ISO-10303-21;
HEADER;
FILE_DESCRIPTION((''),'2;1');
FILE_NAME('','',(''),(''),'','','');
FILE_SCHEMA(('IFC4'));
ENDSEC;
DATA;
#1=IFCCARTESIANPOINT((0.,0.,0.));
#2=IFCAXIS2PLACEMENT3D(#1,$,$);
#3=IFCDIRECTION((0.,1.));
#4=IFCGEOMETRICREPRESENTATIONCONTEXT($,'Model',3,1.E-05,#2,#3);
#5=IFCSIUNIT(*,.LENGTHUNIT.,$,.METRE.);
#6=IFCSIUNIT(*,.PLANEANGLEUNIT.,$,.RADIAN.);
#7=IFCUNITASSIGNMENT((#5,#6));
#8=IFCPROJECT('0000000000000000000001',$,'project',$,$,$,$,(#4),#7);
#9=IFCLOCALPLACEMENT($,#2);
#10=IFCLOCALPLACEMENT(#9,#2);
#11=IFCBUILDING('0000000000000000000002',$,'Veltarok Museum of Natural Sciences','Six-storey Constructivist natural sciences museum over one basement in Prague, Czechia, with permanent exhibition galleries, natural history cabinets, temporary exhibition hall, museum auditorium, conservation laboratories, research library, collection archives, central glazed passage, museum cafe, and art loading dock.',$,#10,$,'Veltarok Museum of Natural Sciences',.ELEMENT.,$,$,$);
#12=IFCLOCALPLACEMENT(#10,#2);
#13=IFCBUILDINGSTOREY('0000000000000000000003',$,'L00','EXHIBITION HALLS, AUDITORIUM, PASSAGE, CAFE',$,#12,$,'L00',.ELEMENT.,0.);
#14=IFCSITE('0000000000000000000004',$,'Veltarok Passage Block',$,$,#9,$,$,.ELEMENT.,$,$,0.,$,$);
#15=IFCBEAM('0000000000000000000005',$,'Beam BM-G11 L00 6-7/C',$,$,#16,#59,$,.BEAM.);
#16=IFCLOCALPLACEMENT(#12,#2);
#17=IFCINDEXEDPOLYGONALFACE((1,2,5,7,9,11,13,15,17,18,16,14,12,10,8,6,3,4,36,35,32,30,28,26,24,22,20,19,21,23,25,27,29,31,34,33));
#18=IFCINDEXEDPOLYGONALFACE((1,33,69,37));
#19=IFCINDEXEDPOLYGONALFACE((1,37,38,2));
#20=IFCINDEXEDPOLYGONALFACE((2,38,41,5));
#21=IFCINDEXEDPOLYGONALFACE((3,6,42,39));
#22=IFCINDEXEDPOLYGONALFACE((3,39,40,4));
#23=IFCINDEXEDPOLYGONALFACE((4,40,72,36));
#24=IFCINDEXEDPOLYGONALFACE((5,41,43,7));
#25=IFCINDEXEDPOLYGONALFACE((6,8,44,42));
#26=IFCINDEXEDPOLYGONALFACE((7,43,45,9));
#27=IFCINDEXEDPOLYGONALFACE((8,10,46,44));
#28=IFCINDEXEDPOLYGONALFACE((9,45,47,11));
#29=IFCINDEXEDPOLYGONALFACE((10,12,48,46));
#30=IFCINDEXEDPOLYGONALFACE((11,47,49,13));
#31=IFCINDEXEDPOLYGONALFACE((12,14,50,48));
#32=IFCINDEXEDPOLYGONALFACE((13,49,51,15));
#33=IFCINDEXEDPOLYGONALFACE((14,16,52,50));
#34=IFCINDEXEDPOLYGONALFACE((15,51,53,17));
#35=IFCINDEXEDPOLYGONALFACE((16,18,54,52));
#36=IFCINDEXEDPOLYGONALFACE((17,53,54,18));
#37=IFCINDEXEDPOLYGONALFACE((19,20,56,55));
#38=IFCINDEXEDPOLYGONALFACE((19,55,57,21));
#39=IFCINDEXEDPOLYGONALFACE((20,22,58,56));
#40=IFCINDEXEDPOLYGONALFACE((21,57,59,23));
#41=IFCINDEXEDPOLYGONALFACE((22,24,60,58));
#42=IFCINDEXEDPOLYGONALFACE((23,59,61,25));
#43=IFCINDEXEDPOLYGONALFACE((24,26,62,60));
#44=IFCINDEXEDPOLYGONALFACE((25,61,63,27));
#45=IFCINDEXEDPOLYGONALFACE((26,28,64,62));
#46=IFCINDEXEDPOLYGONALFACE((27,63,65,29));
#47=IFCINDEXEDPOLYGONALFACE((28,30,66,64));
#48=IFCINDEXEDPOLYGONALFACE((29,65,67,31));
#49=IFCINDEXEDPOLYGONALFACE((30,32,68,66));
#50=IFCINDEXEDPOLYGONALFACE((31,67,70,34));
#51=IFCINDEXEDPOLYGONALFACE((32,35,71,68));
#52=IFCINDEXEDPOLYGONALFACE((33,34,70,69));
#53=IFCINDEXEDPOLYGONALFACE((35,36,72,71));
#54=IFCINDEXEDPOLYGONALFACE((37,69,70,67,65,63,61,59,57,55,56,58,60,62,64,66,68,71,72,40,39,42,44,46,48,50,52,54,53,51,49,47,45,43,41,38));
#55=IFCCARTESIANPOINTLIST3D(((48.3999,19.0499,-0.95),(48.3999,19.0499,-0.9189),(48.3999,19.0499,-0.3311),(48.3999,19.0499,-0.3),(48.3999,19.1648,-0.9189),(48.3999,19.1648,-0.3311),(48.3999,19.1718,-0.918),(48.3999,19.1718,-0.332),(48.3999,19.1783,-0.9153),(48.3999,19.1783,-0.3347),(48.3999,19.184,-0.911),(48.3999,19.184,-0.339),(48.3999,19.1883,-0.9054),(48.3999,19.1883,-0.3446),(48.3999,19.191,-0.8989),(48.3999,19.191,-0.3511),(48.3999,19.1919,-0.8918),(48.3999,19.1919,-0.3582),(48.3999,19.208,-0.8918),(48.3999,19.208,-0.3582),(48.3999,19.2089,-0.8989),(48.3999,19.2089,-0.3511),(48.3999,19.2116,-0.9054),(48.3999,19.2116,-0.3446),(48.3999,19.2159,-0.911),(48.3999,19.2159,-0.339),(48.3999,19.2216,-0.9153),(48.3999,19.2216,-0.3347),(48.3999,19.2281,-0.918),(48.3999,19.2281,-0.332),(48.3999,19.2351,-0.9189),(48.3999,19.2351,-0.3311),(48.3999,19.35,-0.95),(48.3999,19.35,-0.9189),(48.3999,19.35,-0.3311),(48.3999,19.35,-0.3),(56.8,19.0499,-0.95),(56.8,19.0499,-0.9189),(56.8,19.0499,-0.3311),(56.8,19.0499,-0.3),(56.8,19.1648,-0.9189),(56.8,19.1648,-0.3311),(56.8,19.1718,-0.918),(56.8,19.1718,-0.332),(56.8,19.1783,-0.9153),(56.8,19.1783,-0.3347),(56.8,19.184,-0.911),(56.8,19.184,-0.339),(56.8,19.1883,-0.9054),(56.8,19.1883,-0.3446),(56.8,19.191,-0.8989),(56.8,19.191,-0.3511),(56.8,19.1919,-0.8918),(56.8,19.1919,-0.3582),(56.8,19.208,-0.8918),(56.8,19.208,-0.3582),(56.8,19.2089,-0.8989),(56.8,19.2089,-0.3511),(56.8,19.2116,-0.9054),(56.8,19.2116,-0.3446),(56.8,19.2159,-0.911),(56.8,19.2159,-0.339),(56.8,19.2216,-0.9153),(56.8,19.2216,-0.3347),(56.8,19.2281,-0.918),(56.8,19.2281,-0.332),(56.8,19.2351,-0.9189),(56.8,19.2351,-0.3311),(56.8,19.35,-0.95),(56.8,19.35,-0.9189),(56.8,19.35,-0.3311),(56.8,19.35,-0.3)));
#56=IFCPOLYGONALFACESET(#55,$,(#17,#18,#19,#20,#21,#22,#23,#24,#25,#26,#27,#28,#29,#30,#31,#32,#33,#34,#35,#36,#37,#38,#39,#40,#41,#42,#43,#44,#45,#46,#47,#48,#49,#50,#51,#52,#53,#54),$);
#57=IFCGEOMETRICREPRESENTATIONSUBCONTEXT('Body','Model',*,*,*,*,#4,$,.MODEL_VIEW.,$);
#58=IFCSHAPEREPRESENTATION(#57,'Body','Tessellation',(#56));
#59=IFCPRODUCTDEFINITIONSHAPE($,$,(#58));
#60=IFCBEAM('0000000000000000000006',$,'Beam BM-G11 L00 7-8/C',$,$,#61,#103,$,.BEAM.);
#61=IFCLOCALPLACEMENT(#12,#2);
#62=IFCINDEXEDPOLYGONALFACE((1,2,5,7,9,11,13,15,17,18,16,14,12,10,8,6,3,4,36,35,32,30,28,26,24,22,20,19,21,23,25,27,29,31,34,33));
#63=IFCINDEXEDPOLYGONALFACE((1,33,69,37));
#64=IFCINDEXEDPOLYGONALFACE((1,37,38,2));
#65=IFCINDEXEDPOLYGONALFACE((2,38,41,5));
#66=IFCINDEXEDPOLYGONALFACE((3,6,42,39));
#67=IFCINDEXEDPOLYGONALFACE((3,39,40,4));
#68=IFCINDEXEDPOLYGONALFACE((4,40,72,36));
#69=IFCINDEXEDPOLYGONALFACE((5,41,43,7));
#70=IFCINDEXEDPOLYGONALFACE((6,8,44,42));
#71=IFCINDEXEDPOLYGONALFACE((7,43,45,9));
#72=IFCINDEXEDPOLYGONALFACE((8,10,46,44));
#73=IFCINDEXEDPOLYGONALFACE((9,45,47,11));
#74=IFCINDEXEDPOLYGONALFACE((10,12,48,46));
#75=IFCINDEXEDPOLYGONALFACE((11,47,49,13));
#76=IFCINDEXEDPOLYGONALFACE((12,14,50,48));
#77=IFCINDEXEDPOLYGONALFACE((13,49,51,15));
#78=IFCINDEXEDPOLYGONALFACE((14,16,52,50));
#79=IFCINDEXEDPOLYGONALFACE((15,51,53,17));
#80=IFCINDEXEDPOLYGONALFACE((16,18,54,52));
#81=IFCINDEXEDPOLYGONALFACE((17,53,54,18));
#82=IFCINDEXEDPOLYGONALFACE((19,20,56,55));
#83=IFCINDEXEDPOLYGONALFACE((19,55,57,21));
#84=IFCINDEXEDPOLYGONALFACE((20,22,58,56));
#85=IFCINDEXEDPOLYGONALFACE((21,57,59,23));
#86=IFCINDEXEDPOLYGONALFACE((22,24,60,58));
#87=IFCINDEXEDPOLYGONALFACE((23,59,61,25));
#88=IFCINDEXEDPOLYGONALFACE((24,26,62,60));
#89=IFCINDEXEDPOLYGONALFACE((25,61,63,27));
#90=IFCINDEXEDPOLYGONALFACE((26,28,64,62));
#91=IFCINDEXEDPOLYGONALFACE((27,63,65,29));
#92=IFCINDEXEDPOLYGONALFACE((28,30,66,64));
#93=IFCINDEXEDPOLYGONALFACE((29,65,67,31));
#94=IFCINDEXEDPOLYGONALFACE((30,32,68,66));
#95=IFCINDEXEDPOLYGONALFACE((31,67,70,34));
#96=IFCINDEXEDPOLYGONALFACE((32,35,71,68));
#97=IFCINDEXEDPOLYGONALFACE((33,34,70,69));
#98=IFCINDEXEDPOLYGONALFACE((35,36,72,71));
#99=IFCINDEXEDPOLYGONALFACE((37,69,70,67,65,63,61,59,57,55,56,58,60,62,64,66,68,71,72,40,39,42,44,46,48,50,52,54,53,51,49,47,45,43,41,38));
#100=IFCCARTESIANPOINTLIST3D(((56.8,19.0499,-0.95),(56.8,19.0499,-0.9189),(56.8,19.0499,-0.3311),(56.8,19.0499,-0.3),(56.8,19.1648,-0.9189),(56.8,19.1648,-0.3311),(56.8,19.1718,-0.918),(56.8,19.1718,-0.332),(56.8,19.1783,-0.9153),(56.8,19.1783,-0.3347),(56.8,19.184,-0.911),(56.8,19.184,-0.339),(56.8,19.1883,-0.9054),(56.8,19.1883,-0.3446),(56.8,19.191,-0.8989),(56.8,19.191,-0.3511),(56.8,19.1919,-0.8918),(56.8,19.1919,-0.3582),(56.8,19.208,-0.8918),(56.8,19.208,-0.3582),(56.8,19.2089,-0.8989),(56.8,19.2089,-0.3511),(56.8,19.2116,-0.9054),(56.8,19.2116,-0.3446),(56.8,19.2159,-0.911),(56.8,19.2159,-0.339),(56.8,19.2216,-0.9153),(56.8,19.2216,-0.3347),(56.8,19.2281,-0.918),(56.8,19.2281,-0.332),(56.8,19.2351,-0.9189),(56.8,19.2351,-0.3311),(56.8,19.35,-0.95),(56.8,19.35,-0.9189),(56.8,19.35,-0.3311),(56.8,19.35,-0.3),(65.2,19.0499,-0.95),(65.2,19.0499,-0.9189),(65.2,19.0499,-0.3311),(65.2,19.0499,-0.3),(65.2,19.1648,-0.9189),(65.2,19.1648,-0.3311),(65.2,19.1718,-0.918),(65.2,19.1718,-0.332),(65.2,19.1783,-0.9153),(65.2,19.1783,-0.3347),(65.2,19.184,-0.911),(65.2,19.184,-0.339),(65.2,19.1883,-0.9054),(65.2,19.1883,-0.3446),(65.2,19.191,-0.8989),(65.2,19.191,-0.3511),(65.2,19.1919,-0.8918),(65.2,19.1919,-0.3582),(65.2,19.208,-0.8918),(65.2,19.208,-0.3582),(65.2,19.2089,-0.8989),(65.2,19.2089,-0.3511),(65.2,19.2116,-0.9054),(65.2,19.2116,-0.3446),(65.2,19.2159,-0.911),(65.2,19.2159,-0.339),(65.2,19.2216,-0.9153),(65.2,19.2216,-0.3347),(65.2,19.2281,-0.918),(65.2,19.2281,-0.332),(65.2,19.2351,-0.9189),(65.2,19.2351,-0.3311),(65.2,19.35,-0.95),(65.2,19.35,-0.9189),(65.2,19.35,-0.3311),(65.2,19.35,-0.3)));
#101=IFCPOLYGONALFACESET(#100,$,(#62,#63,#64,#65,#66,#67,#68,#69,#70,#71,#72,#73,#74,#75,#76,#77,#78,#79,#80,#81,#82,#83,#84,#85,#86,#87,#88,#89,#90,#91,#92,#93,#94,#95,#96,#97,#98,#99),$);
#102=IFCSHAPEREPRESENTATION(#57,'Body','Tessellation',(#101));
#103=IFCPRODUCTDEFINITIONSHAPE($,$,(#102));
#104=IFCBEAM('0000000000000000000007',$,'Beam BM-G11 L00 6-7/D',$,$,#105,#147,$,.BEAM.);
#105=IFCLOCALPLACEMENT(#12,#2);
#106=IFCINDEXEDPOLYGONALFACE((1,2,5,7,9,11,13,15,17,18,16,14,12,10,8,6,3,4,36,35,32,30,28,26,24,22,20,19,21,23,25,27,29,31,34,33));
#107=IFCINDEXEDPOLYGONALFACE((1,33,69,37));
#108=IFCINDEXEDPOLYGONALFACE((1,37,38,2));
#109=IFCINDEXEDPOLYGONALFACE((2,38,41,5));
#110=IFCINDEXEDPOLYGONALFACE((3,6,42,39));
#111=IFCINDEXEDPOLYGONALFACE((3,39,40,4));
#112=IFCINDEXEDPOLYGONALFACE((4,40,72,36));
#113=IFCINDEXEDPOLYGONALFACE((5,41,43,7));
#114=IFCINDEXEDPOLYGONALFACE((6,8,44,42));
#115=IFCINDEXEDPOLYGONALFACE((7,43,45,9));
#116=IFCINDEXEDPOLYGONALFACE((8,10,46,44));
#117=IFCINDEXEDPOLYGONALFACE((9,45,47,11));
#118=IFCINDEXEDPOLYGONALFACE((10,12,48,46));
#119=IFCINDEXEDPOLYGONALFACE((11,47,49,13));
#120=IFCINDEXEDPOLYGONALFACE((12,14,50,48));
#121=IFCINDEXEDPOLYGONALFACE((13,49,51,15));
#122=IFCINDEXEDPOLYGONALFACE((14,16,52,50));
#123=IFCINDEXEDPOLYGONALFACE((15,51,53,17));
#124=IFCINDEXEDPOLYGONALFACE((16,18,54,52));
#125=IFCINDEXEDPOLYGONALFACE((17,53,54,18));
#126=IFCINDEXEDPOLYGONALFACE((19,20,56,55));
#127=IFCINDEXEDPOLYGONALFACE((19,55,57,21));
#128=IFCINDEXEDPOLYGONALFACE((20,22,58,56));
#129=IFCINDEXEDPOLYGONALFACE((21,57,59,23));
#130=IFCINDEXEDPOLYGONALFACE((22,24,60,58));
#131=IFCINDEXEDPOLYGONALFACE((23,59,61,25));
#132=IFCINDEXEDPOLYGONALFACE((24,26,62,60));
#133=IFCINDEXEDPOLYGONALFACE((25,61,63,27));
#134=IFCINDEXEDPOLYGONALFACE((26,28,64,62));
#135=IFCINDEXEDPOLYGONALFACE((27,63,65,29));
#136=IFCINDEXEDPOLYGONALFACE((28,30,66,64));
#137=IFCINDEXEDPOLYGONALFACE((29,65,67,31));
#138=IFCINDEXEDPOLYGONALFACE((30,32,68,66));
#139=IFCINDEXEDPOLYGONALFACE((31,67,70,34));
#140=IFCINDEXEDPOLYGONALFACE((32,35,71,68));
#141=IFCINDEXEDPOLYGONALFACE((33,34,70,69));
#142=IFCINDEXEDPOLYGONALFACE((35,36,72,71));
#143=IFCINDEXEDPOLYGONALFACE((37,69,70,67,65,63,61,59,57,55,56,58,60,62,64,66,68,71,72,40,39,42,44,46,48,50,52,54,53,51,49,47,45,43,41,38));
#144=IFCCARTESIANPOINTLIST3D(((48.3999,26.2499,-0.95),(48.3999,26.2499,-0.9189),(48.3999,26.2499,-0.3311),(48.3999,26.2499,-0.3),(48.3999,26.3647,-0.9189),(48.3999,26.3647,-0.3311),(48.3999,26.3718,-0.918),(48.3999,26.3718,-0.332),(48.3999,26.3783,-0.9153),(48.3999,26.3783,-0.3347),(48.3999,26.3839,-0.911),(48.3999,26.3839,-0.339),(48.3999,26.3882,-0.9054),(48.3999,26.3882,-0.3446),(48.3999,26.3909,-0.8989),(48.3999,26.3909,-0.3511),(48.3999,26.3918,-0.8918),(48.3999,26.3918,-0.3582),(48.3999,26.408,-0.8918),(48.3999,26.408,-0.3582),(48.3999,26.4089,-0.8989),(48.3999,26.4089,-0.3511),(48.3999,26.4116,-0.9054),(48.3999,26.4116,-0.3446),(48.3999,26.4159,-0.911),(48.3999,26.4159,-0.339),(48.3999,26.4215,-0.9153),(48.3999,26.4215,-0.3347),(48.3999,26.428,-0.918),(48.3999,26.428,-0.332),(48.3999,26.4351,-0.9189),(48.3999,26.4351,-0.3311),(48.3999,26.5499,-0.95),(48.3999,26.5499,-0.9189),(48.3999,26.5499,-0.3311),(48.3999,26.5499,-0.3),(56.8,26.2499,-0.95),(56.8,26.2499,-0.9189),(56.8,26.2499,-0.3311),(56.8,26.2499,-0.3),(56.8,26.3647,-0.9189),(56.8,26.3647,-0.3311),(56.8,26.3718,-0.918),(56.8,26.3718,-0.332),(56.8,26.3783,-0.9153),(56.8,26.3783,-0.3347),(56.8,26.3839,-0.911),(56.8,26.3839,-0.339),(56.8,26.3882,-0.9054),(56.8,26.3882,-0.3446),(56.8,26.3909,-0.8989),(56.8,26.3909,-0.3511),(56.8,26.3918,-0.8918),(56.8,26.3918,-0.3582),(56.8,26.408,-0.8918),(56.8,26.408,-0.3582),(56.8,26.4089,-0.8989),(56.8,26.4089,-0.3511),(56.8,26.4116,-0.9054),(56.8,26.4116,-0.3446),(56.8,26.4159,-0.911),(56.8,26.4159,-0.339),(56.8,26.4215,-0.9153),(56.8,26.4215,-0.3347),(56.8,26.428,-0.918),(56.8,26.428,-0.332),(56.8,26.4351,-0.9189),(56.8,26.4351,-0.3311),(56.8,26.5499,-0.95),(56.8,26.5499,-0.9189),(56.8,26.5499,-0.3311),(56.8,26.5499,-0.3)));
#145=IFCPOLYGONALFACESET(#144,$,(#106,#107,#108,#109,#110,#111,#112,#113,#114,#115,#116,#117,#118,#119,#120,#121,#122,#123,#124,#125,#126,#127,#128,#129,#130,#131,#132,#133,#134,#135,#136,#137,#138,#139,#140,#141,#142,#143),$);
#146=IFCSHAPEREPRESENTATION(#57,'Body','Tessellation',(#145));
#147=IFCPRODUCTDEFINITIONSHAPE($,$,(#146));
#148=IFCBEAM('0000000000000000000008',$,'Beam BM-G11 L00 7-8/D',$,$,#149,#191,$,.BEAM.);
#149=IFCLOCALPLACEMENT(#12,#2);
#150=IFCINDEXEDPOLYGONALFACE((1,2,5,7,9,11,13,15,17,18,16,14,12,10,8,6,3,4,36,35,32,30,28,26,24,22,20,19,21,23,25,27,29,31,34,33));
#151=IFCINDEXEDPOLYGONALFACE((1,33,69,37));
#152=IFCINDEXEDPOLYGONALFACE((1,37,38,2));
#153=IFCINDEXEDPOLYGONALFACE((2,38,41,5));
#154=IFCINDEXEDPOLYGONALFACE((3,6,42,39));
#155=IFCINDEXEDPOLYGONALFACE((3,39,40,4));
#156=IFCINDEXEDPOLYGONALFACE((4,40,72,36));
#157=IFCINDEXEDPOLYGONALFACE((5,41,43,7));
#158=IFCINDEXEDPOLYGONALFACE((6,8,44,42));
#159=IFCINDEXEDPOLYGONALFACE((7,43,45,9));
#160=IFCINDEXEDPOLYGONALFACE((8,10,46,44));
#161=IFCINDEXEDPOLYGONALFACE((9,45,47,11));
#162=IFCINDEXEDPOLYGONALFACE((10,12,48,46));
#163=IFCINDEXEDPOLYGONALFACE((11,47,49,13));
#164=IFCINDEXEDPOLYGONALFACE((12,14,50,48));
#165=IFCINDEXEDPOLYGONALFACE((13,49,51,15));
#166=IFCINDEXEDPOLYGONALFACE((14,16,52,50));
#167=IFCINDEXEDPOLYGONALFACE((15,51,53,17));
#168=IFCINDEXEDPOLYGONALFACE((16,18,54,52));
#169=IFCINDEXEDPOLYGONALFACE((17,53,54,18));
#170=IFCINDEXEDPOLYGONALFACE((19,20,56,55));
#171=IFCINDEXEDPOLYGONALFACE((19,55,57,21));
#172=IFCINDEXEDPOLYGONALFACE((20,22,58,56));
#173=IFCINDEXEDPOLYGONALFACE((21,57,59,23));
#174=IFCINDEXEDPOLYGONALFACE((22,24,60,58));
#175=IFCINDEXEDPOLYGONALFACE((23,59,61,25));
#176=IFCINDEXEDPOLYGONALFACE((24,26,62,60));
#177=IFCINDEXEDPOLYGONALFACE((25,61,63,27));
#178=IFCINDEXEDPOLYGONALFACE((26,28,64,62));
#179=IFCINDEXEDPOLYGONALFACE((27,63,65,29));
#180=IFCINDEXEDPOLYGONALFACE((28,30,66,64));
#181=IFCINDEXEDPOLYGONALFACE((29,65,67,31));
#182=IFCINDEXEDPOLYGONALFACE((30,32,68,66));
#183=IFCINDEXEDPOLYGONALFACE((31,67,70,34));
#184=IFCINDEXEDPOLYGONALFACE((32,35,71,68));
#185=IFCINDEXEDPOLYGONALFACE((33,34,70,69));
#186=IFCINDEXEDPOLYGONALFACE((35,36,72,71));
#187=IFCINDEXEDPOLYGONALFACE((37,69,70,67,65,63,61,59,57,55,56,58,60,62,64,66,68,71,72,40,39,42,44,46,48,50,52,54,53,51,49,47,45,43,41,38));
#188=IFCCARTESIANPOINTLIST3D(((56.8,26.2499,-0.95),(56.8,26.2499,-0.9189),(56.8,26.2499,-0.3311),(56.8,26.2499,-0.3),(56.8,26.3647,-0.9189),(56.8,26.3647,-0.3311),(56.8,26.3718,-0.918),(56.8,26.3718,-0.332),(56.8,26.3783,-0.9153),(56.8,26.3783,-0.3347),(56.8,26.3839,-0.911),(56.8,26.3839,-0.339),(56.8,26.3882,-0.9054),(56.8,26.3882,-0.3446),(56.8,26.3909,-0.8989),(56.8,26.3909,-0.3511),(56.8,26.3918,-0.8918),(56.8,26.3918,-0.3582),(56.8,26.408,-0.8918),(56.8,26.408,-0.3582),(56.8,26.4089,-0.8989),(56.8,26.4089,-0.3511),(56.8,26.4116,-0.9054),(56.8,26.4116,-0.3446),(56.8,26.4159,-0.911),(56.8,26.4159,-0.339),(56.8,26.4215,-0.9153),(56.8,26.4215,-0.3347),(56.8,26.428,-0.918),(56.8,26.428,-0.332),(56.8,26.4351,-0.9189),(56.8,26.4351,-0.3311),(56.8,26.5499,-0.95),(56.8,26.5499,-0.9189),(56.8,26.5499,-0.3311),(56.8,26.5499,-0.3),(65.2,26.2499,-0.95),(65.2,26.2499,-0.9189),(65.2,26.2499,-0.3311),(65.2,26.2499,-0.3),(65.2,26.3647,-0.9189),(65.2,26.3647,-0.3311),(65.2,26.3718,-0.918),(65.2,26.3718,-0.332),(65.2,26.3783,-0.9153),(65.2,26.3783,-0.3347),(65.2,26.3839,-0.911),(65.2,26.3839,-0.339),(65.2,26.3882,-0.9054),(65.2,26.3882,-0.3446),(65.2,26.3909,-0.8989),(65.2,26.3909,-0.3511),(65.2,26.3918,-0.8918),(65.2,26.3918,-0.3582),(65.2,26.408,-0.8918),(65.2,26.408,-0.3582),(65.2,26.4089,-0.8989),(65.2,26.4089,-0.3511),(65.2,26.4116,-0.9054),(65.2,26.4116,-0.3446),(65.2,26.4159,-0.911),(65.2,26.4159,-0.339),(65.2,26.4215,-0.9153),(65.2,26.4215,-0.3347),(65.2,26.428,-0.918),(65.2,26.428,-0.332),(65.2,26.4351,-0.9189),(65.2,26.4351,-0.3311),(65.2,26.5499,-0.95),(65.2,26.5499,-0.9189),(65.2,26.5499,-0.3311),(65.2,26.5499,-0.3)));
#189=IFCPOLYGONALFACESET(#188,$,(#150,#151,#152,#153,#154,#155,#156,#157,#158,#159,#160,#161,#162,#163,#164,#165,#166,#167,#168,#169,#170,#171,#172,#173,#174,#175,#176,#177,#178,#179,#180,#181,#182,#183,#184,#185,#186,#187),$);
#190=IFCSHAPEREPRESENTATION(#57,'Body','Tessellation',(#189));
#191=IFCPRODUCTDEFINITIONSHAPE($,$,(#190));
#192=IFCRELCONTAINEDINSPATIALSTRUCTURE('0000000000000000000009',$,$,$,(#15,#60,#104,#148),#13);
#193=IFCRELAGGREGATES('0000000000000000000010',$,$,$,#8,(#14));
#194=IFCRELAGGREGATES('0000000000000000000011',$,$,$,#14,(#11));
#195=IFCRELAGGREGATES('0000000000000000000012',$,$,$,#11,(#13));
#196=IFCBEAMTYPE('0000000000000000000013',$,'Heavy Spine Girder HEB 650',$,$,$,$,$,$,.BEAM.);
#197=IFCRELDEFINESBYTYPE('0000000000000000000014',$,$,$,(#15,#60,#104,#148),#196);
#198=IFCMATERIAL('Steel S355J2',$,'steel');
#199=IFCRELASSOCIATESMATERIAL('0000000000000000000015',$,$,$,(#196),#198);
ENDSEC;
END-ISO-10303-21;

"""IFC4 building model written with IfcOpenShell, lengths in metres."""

from ifc_helpers import new_model, si_unit, direction, frame, origin, origin_2d, place, context, subcontext, project, spatial, i_section, extrude, material, material_profile, profile_set, type_object, element, save


model = new_model("IFC4")

# Units and contexts
model_context = context("Model", 3, precision=1e-05, world=origin(), true_north=direction((0.0, 1.0)))
body_context = subcontext(model_context, "Body", "Model", "MODEL_VIEW")
ifc_project = project(units=[si_unit("LENGTHUNIT", "METRE"), si_unit("PLANEANGLEUNIT", "RADIAN")], contexts=[model_context])

# Site, building, storey
site_placement = place(None, origin())
site = spatial("IfcSite", under=ifc_project, at=site_placement, Name="Veltarok Passage Block", CompositionType="ELEMENT", RefElevation=0.0)
building_placement = place(site_placement, origin())
building = spatial("IfcBuilding", under=site, at=building_placement, Name="Veltarok Museum of Natural Sciences", Description="Six-storey Constructivist natural sciences museum over one basement in Prague, Czechia, with permanent exhibition galleries, natural history cabinets, temporary exhibition hall, museum auditorium, conservation laboratories, research library, collection archives, central glazed passage, museum cafe, and art loading dock.", LongName="Veltarok Museum of Natural Sciences", CompositionType="ELEMENT")
storey_placement = place(building_placement, origin())
storey = spatial("IfcBuildingStorey", under=building, at=storey_placement, Name="L00", Description="EXHIBITION HALLS, AUDITORIUM, PASSAGE, CAFE", LongName="L00", CompositionType="ELEMENT", Elevation=0.0)

# Shared definitions
ifc_material_1 = material(Name="Steel S355J2", Category="steel")

# Beams
ifc_material_profile_1 = material_profile(ifc_material_1, i_section(OverallWidth=0.3, OverallDepth=0.6499, WebThickness=0.0161, FlangeThickness=0.031, FilletRadius=0.0271, at=origin_2d()), Name="HEB 650")
ifc_profile_set_1 = profile_set([ifc_material_profile_1], Name="Steel S355J2")
beam_type_1 = type_object("IfcBeamType", Name="Heavy Spine Girder HEB 650", PredefinedType="BEAM", material=ifc_profile_set_1)
beam_1_placement = place(storey_placement, frame((48.3999, 19.2, -0.625), z_axis=(1.0, 0.0, 0.0), x_axis=(0.0, 1.0, 0.0)))
element("IfcBeam", 1, at=beam_1_placement, inside=storey, type_object=beam_type_1, Name="Beam BM-G11 L00 6-7/C", PredefinedType="BEAM", context=body_context, shape_type="SweptSolid", body=[
    extrude(i_section(OverallWidth=0.3, OverallDepth=0.6499, WebThickness=0.0161, FlangeThickness=0.031, FilletRadius=0.0271, at=origin_2d()), origin(), (0.0, 0.0, 1.0), 8.4001),
])
beam_2_placement = place(storey_placement, frame((56.8, 19.2, -0.625), z_axis=(1.0, 0.0, 0.0), x_axis=(0.0, 1.0, 0.0)))
element("IfcBeam", 2, at=beam_2_placement, inside=storey, type_object=beam_type_1, Name="Beam BM-G11 L00 7-8/C", PredefinedType="BEAM", context=body_context, shape_type="SweptSolid", body=[
    extrude(i_section(OverallWidth=0.3, OverallDepth=0.6499, WebThickness=0.0161, FlangeThickness=0.031, FilletRadius=0.0271, at=origin_2d()), origin(), (0.0, 0.0, 1.0), 8.3999),
])
beam_3_placement = place(storey_placement, frame((48.3999, 26.3999, -0.625), z_axis=(1.0, 0.0, 0.0), x_axis=(0.0, 1.0, 0.0)))
element("IfcBeam", 3, at=beam_3_placement, inside=storey, type_object=beam_type_1, Name="Beam BM-G11 L00 6-7/D", PredefinedType="BEAM", context=body_context, shape_type="SweptSolid", body=[
    extrude(i_section(OverallWidth=0.3, OverallDepth=0.6499, WebThickness=0.0161, FlangeThickness=0.031, FilletRadius=0.0271, at=origin_2d()), origin(), (0.0, 0.0, 1.0), 8.4001),
])
beam_4_placement = place(storey_placement, frame((56.8, 26.3999, -0.625), z_axis=(1.0, 0.0, 0.0), x_axis=(0.0, 1.0, 0.0)))
element("IfcBeam", 4, at=beam_4_placement, inside=storey, type_object=beam_type_1, Name="Beam BM-G11 L00 7-8/D", PredefinedType="BEAM", context=body_context, shape_type="SweptSolid", body=[
    extrude(i_section(OverallWidth=0.3, OverallDepth=0.6499, WebThickness=0.0161, FlangeThickness=0.031, FilletRadius=0.0271, at=origin_2d()), origin(), (0.0, 0.0, 1.0), 8.3999),
])

save(model, "model.ifc")
